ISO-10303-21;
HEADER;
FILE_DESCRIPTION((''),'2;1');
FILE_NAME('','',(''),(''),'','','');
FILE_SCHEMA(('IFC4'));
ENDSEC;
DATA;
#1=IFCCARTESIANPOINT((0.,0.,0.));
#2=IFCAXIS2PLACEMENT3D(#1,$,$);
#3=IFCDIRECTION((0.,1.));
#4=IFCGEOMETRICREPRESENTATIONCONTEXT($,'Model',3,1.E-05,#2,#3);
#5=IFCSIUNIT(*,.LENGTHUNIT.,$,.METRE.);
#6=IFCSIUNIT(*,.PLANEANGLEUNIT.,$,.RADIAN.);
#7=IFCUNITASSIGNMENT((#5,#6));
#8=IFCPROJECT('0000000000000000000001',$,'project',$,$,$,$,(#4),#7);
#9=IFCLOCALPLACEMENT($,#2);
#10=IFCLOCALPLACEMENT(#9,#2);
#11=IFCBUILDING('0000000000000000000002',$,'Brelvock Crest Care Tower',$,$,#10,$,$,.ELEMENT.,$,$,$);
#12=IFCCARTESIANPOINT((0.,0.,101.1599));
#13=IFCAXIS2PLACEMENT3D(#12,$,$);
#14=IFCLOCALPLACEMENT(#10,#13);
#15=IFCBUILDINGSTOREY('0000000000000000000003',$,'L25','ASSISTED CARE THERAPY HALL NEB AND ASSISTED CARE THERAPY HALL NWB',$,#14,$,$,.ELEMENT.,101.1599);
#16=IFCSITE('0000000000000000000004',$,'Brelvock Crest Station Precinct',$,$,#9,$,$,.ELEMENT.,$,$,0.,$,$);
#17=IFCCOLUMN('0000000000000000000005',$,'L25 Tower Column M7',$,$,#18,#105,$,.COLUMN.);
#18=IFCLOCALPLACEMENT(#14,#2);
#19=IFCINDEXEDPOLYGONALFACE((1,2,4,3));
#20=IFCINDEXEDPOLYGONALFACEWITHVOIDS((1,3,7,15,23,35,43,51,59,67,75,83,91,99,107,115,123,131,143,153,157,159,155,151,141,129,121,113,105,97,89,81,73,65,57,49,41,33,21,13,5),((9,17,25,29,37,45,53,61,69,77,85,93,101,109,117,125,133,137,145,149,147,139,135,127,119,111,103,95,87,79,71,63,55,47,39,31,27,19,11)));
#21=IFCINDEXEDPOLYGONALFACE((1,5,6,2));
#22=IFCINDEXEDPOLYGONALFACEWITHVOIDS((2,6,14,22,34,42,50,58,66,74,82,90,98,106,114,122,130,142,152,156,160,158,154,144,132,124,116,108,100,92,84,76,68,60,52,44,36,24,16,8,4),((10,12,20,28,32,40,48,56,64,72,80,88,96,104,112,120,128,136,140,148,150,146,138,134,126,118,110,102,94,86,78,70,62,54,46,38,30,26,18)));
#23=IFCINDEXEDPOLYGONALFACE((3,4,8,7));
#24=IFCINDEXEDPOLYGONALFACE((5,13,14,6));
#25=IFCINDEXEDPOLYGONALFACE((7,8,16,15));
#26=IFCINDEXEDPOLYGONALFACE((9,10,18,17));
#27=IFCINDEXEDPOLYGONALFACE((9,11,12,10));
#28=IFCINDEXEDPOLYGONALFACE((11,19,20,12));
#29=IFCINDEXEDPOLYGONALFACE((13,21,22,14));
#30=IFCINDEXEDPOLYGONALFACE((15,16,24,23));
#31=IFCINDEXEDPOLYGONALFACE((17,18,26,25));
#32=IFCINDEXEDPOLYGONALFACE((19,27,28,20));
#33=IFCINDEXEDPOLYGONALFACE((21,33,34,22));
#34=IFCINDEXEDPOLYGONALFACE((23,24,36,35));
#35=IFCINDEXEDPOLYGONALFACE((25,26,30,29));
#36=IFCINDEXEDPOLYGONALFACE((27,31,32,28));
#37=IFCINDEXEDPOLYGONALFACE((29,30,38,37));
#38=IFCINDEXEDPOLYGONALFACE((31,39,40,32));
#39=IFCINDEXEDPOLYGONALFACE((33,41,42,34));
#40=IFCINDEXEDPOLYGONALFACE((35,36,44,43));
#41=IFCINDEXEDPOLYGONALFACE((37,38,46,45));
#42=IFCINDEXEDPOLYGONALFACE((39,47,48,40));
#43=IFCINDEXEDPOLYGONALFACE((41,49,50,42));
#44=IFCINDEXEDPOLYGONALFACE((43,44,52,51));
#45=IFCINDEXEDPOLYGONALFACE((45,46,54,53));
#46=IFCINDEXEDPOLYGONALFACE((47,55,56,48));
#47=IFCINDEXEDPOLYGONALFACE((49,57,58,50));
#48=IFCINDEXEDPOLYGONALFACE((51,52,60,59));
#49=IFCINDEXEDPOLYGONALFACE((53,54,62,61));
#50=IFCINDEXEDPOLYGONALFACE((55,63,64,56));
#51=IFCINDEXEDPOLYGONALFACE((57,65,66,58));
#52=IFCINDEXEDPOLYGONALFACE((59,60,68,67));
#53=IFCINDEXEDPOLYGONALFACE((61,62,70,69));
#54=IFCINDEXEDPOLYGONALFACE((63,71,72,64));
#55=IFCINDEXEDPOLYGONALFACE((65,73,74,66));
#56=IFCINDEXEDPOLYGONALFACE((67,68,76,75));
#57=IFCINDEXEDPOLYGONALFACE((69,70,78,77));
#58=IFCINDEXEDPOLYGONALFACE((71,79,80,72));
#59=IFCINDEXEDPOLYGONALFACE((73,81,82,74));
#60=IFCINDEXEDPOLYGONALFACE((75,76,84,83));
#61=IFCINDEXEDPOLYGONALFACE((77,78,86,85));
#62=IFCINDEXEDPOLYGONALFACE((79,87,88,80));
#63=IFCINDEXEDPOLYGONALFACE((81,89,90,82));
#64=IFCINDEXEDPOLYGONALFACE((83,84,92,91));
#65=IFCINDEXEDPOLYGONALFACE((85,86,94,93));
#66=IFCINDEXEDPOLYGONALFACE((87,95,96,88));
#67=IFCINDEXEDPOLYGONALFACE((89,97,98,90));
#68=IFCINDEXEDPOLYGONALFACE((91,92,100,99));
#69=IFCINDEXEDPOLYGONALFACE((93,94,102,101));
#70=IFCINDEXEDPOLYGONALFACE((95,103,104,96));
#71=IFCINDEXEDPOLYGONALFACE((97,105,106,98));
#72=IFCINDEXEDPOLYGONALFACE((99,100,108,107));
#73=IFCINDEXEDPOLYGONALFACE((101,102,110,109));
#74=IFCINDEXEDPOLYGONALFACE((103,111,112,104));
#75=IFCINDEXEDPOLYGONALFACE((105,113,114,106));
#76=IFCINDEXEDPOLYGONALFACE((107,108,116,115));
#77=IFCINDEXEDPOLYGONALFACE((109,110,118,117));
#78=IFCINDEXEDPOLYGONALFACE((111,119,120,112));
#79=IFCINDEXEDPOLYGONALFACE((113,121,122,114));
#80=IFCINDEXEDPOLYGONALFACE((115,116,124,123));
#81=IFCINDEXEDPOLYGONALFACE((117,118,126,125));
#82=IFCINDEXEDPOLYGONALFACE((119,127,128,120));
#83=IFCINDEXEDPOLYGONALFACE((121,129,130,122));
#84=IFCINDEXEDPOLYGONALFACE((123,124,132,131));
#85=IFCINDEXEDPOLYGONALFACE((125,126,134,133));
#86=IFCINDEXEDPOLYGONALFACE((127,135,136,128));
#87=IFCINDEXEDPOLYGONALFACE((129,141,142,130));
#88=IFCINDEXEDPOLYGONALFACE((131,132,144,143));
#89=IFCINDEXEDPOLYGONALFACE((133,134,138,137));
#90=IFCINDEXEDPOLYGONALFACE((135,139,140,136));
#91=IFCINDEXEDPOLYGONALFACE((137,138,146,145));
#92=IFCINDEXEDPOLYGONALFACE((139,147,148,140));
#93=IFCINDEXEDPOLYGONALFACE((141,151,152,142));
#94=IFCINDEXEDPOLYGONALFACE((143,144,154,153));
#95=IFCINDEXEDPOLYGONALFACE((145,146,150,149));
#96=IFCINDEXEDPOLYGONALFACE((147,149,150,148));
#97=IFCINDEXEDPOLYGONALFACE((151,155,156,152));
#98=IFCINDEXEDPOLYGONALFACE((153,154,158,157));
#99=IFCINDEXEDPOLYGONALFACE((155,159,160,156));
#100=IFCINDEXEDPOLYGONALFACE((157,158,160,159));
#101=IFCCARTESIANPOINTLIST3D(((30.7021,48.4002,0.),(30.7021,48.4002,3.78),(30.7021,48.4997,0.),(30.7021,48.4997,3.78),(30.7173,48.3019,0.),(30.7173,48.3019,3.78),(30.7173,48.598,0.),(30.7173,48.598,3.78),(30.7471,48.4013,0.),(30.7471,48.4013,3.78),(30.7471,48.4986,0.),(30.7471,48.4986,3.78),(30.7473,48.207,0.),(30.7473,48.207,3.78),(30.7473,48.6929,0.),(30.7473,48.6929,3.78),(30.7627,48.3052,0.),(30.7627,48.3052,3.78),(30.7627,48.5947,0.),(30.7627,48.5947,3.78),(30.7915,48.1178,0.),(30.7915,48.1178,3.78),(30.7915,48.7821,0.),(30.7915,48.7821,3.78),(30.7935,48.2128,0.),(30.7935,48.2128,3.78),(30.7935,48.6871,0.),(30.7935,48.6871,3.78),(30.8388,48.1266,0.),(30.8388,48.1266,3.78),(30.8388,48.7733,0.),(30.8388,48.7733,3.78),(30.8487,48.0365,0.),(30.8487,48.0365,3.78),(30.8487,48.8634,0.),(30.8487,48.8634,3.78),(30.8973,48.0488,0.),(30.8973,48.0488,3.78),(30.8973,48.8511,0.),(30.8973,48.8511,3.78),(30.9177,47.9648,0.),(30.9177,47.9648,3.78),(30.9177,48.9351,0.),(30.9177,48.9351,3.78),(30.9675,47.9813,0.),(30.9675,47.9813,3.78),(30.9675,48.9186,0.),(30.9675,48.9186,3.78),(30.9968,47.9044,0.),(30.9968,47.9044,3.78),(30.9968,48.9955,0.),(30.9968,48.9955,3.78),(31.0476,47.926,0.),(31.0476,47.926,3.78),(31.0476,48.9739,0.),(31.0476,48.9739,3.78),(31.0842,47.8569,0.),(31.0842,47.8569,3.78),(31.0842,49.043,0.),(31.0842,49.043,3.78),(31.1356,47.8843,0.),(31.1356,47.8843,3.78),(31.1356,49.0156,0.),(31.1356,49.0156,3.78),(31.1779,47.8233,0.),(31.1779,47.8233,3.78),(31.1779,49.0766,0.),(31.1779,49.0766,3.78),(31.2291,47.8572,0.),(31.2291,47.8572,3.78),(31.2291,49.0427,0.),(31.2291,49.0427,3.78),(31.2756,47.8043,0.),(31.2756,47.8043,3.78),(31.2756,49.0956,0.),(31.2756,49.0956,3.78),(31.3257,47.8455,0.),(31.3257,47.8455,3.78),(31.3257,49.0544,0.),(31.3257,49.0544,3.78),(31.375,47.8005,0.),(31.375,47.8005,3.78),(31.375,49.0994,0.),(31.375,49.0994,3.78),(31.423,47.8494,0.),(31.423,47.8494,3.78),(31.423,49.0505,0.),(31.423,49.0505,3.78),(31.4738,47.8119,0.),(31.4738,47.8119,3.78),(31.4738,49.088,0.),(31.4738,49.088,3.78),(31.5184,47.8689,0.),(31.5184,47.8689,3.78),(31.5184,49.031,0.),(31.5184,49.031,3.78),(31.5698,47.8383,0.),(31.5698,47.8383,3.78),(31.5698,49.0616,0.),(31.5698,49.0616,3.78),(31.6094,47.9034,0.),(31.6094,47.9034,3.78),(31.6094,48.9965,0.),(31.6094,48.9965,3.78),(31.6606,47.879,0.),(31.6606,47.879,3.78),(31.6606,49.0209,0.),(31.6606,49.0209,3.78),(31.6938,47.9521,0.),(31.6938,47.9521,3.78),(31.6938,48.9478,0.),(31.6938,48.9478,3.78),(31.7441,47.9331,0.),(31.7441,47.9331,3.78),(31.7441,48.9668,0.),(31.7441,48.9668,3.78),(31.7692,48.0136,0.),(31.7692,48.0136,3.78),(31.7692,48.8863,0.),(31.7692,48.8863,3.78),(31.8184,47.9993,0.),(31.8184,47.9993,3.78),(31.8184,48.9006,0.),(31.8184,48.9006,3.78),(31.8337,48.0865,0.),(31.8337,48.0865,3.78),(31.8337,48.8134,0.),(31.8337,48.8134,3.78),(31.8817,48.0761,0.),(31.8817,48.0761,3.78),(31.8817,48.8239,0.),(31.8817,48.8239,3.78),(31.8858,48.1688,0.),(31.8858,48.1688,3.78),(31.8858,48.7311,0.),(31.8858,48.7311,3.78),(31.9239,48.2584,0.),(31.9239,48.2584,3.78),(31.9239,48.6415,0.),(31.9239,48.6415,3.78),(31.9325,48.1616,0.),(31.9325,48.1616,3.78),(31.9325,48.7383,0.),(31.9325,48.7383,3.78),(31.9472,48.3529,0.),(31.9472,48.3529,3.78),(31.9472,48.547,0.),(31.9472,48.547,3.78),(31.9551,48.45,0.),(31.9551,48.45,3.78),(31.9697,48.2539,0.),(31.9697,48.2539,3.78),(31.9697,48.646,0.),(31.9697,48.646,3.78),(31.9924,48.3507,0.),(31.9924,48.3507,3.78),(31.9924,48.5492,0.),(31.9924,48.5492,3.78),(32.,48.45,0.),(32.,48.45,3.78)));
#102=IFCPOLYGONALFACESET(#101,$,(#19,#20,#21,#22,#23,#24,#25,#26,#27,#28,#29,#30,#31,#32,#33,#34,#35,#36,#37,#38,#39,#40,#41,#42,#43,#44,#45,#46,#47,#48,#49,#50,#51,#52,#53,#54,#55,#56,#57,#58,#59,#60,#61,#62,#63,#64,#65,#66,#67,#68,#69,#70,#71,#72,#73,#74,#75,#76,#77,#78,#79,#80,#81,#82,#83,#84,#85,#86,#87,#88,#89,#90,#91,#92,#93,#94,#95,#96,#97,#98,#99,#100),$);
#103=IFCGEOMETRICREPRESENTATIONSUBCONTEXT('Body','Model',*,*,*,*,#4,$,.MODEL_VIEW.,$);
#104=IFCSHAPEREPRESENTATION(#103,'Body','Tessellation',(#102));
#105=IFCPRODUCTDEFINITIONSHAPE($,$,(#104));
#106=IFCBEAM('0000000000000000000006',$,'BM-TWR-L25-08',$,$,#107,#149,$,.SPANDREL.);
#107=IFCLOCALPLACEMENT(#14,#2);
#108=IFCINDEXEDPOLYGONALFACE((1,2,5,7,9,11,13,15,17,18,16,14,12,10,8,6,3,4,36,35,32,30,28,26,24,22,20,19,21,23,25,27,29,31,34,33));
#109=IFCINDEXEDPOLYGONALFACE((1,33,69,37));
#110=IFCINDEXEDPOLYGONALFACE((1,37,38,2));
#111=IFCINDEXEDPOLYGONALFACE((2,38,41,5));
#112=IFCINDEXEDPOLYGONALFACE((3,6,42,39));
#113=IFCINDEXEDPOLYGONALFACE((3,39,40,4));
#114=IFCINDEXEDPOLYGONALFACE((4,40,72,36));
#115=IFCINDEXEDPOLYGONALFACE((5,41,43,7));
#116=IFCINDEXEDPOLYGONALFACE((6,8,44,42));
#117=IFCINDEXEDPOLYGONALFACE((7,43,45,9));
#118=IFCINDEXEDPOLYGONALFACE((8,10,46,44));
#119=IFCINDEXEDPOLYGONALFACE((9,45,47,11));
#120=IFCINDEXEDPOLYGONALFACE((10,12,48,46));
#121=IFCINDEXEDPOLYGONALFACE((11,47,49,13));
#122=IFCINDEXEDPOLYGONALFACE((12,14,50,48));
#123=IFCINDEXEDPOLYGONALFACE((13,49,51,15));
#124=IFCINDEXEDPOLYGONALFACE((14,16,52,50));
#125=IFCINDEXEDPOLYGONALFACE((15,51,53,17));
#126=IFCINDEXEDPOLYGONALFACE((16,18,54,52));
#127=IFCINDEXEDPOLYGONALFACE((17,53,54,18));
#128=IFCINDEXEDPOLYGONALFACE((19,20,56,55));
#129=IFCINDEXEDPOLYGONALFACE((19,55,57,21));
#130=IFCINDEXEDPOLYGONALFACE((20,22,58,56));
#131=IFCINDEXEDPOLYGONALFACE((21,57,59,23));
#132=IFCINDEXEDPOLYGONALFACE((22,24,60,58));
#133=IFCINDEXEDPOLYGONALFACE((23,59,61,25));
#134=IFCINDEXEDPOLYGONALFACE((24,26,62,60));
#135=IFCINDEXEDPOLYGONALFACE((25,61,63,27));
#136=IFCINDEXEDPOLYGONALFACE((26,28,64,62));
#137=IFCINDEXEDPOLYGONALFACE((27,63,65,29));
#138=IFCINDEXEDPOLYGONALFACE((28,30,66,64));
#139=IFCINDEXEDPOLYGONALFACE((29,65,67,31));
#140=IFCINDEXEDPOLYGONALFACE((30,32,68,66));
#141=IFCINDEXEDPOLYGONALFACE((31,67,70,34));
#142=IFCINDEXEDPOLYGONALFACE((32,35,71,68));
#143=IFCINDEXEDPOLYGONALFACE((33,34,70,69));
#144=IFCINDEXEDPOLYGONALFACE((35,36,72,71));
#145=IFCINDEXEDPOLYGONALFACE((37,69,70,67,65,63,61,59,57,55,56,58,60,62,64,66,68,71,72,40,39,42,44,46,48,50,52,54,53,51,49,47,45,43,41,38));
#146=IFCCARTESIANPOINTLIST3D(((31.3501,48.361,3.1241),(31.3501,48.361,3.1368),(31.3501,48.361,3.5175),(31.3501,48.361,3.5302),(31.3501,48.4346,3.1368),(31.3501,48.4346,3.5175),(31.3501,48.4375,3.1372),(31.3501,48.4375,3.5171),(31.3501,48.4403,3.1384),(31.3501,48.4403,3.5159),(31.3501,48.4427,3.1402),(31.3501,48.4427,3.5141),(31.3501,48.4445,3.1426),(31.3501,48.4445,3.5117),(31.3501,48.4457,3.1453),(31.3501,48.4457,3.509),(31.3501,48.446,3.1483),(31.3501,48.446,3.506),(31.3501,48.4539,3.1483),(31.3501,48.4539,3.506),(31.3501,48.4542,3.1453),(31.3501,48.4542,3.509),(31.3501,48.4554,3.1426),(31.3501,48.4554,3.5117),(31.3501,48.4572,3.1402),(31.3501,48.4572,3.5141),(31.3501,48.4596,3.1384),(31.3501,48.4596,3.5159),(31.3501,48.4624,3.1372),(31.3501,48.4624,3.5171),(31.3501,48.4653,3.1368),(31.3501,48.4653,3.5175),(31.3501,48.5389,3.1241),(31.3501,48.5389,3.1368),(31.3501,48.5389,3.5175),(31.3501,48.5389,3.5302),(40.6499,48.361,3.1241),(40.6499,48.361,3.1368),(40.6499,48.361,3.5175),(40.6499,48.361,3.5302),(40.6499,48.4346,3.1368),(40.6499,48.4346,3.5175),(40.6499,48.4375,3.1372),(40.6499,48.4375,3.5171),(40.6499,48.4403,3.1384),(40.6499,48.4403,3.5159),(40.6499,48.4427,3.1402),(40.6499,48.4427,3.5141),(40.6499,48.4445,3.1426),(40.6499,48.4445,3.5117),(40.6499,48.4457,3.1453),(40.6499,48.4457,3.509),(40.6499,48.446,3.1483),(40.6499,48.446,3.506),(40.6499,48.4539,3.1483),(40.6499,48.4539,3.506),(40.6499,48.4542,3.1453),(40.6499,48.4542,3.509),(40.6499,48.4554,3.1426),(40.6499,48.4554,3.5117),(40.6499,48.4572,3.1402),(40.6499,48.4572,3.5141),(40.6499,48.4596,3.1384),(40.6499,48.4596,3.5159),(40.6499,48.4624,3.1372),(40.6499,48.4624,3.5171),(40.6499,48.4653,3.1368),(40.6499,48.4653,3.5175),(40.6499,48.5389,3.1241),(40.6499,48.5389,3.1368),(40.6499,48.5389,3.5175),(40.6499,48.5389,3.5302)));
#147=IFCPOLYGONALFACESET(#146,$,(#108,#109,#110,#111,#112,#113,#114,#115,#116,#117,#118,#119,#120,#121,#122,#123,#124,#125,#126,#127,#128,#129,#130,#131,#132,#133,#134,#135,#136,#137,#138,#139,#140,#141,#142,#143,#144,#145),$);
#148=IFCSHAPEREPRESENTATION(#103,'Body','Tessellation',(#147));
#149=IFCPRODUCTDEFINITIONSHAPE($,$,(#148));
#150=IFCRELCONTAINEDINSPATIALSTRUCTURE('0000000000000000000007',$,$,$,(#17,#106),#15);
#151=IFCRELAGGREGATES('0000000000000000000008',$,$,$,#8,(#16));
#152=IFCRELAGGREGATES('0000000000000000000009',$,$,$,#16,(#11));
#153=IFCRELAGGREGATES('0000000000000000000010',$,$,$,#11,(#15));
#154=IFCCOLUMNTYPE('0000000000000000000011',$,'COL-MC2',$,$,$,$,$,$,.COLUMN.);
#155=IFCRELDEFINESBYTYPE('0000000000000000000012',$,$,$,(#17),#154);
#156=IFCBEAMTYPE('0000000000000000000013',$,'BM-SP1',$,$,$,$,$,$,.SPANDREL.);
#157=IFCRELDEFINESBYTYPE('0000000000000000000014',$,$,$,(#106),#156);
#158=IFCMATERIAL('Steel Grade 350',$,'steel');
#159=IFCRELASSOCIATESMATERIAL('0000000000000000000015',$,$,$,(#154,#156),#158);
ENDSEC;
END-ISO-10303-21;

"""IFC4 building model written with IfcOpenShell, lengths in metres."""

from ifc_helpers import new_model, si_unit, direction, frame, origin, origin_2d, place, context, subcontext, project, spatial, hollow_circle, i_section, extrude, source, transform, mapped, material, material_profile, profile_set, type_object, element, save


model = new_model("IFC4")

# Units and contexts
model_context = context("Model", 3, precision=1e-05, world=origin(), true_north=direction((0.0, 1.0)))
body_context = subcontext(model_context, "Body", "Model", "MODEL_VIEW")
ifc_project = project(units=[si_unit("LENGTHUNIT", "METRE"), si_unit("PLANEANGLEUNIT", "RADIAN")], contexts=[model_context])

# Site, building, storey
site_placement = place(None, origin())
site = spatial("IfcSite", under=ifc_project, at=site_placement, Name="Brelvock Crest Station Precinct", CompositionType="ELEMENT", RefElevation=0.0)
building_placement = place(site_placement, origin())
building = spatial("IfcBuilding", under=site, at=building_placement, Name="Brelvock Crest Care Tower", CompositionType="ELEMENT")
storey_placement = place(building_placement, frame((0.0, 0.0, 101.1599)))
storey = spatial("IfcBuildingStorey", under=building, at=storey_placement, Name="L25", Description="ASSISTED CARE THERAPY HALL NEB AND ASSISTED CARE THERAPY HALL NWB", CompositionType="ELEMENT", Elevation=101.1599)

# Column
ifc_material_1 = material(Name="Steel Grade 350", Category="steel")
ifc_material_profile_1 = material_profile(ifc_material_1, hollow_circle(Radius=0.6499, WallThickness=0.0449, at=origin_2d()), Name="CFT1300x45")
ifc_profile_set_1 = profile_set([ifc_material_profile_1], Name="Steel Grade 350")
column_type = type_object("IfcColumnType", Name="COL-MC2", PredefinedType="COLUMN", material=ifc_profile_set_1)
shared_shape_1 = source(origin(), body_context, "Body", "SweptSolid", [
    extrude(hollow_circle(Radius=0.6499, WallThickness=0.0449, at=origin_2d()), origin(), (0.0, 0.0, 1.0), 3.78),
])
column_placement = place(storey_placement, frame((31.3501, 48.45, 0.0), z_axis=(0.0, 0.0, 1.0), x_axis=(1.0, 0.0, 0.0)))
element("IfcColumn", 1, at=column_placement, inside=storey, type_object=column_type, Name="L25 Tower Column M7", PredefinedType="COLUMN", context=body_context, shape_type="MappedRepresentation", body=[
    mapped(shared_shape_1, transform((0.0, 0.0, 0.0), x_axis=(1.0, 0.0, 0.0), y_axis=(0.0, 1.0, 0.0), z_axis=(0.0, 0.0, 1.0), scale=1.0)),
])

# Beam
ifc_material_profile_2 = material_profile(ifc_material_1, i_section(OverallWidth=0.178, OverallDepth=0.406, WebThickness=0.0078, FlangeThickness=0.0127, FilletRadius=0.0115, at=origin_2d()), Name="410UB59.7")
ifc_profile_set_2 = profile_set([ifc_material_profile_2], Name="Steel Grade 350")
beam_type_1 = type_object("IfcBeamType", Name="BM-SP1", PredefinedType="SPANDREL", material=ifc_profile_set_2)
shared_shape_2 = source(origin(), body_context, "Body", "SweptSolid", [
    extrude(i_section(OverallWidth=0.178, OverallDepth=0.406, WebThickness=0.0078, FlangeThickness=0.0127, FilletRadius=0.0115, at=origin_2d()), origin(), (0.0, 0.0, 1.0), 9.2998),
])
beam_placement = place(storey_placement, frame((31.3501, 48.45, 3.3271), z_axis=(1.0, 0.0, 0.0), x_axis=(0.0, 1.0, 0.0)))
element("IfcBeam", 2, at=beam_placement, inside=storey, type_object=beam_type_1, Name="BM-TWR-L25-08", PredefinedType="SPANDREL", context=body_context, shape_type="MappedRepresentation", body=[
    mapped(shared_shape_2, transform((0.0, 0.0, 0.0), x_axis=(1.0, 0.0, 0.0), y_axis=(0.0, 1.0, 0.0), z_axis=(0.0, 0.0, 1.0), scale=1.0)),
])

save(model, "model.ifc")
